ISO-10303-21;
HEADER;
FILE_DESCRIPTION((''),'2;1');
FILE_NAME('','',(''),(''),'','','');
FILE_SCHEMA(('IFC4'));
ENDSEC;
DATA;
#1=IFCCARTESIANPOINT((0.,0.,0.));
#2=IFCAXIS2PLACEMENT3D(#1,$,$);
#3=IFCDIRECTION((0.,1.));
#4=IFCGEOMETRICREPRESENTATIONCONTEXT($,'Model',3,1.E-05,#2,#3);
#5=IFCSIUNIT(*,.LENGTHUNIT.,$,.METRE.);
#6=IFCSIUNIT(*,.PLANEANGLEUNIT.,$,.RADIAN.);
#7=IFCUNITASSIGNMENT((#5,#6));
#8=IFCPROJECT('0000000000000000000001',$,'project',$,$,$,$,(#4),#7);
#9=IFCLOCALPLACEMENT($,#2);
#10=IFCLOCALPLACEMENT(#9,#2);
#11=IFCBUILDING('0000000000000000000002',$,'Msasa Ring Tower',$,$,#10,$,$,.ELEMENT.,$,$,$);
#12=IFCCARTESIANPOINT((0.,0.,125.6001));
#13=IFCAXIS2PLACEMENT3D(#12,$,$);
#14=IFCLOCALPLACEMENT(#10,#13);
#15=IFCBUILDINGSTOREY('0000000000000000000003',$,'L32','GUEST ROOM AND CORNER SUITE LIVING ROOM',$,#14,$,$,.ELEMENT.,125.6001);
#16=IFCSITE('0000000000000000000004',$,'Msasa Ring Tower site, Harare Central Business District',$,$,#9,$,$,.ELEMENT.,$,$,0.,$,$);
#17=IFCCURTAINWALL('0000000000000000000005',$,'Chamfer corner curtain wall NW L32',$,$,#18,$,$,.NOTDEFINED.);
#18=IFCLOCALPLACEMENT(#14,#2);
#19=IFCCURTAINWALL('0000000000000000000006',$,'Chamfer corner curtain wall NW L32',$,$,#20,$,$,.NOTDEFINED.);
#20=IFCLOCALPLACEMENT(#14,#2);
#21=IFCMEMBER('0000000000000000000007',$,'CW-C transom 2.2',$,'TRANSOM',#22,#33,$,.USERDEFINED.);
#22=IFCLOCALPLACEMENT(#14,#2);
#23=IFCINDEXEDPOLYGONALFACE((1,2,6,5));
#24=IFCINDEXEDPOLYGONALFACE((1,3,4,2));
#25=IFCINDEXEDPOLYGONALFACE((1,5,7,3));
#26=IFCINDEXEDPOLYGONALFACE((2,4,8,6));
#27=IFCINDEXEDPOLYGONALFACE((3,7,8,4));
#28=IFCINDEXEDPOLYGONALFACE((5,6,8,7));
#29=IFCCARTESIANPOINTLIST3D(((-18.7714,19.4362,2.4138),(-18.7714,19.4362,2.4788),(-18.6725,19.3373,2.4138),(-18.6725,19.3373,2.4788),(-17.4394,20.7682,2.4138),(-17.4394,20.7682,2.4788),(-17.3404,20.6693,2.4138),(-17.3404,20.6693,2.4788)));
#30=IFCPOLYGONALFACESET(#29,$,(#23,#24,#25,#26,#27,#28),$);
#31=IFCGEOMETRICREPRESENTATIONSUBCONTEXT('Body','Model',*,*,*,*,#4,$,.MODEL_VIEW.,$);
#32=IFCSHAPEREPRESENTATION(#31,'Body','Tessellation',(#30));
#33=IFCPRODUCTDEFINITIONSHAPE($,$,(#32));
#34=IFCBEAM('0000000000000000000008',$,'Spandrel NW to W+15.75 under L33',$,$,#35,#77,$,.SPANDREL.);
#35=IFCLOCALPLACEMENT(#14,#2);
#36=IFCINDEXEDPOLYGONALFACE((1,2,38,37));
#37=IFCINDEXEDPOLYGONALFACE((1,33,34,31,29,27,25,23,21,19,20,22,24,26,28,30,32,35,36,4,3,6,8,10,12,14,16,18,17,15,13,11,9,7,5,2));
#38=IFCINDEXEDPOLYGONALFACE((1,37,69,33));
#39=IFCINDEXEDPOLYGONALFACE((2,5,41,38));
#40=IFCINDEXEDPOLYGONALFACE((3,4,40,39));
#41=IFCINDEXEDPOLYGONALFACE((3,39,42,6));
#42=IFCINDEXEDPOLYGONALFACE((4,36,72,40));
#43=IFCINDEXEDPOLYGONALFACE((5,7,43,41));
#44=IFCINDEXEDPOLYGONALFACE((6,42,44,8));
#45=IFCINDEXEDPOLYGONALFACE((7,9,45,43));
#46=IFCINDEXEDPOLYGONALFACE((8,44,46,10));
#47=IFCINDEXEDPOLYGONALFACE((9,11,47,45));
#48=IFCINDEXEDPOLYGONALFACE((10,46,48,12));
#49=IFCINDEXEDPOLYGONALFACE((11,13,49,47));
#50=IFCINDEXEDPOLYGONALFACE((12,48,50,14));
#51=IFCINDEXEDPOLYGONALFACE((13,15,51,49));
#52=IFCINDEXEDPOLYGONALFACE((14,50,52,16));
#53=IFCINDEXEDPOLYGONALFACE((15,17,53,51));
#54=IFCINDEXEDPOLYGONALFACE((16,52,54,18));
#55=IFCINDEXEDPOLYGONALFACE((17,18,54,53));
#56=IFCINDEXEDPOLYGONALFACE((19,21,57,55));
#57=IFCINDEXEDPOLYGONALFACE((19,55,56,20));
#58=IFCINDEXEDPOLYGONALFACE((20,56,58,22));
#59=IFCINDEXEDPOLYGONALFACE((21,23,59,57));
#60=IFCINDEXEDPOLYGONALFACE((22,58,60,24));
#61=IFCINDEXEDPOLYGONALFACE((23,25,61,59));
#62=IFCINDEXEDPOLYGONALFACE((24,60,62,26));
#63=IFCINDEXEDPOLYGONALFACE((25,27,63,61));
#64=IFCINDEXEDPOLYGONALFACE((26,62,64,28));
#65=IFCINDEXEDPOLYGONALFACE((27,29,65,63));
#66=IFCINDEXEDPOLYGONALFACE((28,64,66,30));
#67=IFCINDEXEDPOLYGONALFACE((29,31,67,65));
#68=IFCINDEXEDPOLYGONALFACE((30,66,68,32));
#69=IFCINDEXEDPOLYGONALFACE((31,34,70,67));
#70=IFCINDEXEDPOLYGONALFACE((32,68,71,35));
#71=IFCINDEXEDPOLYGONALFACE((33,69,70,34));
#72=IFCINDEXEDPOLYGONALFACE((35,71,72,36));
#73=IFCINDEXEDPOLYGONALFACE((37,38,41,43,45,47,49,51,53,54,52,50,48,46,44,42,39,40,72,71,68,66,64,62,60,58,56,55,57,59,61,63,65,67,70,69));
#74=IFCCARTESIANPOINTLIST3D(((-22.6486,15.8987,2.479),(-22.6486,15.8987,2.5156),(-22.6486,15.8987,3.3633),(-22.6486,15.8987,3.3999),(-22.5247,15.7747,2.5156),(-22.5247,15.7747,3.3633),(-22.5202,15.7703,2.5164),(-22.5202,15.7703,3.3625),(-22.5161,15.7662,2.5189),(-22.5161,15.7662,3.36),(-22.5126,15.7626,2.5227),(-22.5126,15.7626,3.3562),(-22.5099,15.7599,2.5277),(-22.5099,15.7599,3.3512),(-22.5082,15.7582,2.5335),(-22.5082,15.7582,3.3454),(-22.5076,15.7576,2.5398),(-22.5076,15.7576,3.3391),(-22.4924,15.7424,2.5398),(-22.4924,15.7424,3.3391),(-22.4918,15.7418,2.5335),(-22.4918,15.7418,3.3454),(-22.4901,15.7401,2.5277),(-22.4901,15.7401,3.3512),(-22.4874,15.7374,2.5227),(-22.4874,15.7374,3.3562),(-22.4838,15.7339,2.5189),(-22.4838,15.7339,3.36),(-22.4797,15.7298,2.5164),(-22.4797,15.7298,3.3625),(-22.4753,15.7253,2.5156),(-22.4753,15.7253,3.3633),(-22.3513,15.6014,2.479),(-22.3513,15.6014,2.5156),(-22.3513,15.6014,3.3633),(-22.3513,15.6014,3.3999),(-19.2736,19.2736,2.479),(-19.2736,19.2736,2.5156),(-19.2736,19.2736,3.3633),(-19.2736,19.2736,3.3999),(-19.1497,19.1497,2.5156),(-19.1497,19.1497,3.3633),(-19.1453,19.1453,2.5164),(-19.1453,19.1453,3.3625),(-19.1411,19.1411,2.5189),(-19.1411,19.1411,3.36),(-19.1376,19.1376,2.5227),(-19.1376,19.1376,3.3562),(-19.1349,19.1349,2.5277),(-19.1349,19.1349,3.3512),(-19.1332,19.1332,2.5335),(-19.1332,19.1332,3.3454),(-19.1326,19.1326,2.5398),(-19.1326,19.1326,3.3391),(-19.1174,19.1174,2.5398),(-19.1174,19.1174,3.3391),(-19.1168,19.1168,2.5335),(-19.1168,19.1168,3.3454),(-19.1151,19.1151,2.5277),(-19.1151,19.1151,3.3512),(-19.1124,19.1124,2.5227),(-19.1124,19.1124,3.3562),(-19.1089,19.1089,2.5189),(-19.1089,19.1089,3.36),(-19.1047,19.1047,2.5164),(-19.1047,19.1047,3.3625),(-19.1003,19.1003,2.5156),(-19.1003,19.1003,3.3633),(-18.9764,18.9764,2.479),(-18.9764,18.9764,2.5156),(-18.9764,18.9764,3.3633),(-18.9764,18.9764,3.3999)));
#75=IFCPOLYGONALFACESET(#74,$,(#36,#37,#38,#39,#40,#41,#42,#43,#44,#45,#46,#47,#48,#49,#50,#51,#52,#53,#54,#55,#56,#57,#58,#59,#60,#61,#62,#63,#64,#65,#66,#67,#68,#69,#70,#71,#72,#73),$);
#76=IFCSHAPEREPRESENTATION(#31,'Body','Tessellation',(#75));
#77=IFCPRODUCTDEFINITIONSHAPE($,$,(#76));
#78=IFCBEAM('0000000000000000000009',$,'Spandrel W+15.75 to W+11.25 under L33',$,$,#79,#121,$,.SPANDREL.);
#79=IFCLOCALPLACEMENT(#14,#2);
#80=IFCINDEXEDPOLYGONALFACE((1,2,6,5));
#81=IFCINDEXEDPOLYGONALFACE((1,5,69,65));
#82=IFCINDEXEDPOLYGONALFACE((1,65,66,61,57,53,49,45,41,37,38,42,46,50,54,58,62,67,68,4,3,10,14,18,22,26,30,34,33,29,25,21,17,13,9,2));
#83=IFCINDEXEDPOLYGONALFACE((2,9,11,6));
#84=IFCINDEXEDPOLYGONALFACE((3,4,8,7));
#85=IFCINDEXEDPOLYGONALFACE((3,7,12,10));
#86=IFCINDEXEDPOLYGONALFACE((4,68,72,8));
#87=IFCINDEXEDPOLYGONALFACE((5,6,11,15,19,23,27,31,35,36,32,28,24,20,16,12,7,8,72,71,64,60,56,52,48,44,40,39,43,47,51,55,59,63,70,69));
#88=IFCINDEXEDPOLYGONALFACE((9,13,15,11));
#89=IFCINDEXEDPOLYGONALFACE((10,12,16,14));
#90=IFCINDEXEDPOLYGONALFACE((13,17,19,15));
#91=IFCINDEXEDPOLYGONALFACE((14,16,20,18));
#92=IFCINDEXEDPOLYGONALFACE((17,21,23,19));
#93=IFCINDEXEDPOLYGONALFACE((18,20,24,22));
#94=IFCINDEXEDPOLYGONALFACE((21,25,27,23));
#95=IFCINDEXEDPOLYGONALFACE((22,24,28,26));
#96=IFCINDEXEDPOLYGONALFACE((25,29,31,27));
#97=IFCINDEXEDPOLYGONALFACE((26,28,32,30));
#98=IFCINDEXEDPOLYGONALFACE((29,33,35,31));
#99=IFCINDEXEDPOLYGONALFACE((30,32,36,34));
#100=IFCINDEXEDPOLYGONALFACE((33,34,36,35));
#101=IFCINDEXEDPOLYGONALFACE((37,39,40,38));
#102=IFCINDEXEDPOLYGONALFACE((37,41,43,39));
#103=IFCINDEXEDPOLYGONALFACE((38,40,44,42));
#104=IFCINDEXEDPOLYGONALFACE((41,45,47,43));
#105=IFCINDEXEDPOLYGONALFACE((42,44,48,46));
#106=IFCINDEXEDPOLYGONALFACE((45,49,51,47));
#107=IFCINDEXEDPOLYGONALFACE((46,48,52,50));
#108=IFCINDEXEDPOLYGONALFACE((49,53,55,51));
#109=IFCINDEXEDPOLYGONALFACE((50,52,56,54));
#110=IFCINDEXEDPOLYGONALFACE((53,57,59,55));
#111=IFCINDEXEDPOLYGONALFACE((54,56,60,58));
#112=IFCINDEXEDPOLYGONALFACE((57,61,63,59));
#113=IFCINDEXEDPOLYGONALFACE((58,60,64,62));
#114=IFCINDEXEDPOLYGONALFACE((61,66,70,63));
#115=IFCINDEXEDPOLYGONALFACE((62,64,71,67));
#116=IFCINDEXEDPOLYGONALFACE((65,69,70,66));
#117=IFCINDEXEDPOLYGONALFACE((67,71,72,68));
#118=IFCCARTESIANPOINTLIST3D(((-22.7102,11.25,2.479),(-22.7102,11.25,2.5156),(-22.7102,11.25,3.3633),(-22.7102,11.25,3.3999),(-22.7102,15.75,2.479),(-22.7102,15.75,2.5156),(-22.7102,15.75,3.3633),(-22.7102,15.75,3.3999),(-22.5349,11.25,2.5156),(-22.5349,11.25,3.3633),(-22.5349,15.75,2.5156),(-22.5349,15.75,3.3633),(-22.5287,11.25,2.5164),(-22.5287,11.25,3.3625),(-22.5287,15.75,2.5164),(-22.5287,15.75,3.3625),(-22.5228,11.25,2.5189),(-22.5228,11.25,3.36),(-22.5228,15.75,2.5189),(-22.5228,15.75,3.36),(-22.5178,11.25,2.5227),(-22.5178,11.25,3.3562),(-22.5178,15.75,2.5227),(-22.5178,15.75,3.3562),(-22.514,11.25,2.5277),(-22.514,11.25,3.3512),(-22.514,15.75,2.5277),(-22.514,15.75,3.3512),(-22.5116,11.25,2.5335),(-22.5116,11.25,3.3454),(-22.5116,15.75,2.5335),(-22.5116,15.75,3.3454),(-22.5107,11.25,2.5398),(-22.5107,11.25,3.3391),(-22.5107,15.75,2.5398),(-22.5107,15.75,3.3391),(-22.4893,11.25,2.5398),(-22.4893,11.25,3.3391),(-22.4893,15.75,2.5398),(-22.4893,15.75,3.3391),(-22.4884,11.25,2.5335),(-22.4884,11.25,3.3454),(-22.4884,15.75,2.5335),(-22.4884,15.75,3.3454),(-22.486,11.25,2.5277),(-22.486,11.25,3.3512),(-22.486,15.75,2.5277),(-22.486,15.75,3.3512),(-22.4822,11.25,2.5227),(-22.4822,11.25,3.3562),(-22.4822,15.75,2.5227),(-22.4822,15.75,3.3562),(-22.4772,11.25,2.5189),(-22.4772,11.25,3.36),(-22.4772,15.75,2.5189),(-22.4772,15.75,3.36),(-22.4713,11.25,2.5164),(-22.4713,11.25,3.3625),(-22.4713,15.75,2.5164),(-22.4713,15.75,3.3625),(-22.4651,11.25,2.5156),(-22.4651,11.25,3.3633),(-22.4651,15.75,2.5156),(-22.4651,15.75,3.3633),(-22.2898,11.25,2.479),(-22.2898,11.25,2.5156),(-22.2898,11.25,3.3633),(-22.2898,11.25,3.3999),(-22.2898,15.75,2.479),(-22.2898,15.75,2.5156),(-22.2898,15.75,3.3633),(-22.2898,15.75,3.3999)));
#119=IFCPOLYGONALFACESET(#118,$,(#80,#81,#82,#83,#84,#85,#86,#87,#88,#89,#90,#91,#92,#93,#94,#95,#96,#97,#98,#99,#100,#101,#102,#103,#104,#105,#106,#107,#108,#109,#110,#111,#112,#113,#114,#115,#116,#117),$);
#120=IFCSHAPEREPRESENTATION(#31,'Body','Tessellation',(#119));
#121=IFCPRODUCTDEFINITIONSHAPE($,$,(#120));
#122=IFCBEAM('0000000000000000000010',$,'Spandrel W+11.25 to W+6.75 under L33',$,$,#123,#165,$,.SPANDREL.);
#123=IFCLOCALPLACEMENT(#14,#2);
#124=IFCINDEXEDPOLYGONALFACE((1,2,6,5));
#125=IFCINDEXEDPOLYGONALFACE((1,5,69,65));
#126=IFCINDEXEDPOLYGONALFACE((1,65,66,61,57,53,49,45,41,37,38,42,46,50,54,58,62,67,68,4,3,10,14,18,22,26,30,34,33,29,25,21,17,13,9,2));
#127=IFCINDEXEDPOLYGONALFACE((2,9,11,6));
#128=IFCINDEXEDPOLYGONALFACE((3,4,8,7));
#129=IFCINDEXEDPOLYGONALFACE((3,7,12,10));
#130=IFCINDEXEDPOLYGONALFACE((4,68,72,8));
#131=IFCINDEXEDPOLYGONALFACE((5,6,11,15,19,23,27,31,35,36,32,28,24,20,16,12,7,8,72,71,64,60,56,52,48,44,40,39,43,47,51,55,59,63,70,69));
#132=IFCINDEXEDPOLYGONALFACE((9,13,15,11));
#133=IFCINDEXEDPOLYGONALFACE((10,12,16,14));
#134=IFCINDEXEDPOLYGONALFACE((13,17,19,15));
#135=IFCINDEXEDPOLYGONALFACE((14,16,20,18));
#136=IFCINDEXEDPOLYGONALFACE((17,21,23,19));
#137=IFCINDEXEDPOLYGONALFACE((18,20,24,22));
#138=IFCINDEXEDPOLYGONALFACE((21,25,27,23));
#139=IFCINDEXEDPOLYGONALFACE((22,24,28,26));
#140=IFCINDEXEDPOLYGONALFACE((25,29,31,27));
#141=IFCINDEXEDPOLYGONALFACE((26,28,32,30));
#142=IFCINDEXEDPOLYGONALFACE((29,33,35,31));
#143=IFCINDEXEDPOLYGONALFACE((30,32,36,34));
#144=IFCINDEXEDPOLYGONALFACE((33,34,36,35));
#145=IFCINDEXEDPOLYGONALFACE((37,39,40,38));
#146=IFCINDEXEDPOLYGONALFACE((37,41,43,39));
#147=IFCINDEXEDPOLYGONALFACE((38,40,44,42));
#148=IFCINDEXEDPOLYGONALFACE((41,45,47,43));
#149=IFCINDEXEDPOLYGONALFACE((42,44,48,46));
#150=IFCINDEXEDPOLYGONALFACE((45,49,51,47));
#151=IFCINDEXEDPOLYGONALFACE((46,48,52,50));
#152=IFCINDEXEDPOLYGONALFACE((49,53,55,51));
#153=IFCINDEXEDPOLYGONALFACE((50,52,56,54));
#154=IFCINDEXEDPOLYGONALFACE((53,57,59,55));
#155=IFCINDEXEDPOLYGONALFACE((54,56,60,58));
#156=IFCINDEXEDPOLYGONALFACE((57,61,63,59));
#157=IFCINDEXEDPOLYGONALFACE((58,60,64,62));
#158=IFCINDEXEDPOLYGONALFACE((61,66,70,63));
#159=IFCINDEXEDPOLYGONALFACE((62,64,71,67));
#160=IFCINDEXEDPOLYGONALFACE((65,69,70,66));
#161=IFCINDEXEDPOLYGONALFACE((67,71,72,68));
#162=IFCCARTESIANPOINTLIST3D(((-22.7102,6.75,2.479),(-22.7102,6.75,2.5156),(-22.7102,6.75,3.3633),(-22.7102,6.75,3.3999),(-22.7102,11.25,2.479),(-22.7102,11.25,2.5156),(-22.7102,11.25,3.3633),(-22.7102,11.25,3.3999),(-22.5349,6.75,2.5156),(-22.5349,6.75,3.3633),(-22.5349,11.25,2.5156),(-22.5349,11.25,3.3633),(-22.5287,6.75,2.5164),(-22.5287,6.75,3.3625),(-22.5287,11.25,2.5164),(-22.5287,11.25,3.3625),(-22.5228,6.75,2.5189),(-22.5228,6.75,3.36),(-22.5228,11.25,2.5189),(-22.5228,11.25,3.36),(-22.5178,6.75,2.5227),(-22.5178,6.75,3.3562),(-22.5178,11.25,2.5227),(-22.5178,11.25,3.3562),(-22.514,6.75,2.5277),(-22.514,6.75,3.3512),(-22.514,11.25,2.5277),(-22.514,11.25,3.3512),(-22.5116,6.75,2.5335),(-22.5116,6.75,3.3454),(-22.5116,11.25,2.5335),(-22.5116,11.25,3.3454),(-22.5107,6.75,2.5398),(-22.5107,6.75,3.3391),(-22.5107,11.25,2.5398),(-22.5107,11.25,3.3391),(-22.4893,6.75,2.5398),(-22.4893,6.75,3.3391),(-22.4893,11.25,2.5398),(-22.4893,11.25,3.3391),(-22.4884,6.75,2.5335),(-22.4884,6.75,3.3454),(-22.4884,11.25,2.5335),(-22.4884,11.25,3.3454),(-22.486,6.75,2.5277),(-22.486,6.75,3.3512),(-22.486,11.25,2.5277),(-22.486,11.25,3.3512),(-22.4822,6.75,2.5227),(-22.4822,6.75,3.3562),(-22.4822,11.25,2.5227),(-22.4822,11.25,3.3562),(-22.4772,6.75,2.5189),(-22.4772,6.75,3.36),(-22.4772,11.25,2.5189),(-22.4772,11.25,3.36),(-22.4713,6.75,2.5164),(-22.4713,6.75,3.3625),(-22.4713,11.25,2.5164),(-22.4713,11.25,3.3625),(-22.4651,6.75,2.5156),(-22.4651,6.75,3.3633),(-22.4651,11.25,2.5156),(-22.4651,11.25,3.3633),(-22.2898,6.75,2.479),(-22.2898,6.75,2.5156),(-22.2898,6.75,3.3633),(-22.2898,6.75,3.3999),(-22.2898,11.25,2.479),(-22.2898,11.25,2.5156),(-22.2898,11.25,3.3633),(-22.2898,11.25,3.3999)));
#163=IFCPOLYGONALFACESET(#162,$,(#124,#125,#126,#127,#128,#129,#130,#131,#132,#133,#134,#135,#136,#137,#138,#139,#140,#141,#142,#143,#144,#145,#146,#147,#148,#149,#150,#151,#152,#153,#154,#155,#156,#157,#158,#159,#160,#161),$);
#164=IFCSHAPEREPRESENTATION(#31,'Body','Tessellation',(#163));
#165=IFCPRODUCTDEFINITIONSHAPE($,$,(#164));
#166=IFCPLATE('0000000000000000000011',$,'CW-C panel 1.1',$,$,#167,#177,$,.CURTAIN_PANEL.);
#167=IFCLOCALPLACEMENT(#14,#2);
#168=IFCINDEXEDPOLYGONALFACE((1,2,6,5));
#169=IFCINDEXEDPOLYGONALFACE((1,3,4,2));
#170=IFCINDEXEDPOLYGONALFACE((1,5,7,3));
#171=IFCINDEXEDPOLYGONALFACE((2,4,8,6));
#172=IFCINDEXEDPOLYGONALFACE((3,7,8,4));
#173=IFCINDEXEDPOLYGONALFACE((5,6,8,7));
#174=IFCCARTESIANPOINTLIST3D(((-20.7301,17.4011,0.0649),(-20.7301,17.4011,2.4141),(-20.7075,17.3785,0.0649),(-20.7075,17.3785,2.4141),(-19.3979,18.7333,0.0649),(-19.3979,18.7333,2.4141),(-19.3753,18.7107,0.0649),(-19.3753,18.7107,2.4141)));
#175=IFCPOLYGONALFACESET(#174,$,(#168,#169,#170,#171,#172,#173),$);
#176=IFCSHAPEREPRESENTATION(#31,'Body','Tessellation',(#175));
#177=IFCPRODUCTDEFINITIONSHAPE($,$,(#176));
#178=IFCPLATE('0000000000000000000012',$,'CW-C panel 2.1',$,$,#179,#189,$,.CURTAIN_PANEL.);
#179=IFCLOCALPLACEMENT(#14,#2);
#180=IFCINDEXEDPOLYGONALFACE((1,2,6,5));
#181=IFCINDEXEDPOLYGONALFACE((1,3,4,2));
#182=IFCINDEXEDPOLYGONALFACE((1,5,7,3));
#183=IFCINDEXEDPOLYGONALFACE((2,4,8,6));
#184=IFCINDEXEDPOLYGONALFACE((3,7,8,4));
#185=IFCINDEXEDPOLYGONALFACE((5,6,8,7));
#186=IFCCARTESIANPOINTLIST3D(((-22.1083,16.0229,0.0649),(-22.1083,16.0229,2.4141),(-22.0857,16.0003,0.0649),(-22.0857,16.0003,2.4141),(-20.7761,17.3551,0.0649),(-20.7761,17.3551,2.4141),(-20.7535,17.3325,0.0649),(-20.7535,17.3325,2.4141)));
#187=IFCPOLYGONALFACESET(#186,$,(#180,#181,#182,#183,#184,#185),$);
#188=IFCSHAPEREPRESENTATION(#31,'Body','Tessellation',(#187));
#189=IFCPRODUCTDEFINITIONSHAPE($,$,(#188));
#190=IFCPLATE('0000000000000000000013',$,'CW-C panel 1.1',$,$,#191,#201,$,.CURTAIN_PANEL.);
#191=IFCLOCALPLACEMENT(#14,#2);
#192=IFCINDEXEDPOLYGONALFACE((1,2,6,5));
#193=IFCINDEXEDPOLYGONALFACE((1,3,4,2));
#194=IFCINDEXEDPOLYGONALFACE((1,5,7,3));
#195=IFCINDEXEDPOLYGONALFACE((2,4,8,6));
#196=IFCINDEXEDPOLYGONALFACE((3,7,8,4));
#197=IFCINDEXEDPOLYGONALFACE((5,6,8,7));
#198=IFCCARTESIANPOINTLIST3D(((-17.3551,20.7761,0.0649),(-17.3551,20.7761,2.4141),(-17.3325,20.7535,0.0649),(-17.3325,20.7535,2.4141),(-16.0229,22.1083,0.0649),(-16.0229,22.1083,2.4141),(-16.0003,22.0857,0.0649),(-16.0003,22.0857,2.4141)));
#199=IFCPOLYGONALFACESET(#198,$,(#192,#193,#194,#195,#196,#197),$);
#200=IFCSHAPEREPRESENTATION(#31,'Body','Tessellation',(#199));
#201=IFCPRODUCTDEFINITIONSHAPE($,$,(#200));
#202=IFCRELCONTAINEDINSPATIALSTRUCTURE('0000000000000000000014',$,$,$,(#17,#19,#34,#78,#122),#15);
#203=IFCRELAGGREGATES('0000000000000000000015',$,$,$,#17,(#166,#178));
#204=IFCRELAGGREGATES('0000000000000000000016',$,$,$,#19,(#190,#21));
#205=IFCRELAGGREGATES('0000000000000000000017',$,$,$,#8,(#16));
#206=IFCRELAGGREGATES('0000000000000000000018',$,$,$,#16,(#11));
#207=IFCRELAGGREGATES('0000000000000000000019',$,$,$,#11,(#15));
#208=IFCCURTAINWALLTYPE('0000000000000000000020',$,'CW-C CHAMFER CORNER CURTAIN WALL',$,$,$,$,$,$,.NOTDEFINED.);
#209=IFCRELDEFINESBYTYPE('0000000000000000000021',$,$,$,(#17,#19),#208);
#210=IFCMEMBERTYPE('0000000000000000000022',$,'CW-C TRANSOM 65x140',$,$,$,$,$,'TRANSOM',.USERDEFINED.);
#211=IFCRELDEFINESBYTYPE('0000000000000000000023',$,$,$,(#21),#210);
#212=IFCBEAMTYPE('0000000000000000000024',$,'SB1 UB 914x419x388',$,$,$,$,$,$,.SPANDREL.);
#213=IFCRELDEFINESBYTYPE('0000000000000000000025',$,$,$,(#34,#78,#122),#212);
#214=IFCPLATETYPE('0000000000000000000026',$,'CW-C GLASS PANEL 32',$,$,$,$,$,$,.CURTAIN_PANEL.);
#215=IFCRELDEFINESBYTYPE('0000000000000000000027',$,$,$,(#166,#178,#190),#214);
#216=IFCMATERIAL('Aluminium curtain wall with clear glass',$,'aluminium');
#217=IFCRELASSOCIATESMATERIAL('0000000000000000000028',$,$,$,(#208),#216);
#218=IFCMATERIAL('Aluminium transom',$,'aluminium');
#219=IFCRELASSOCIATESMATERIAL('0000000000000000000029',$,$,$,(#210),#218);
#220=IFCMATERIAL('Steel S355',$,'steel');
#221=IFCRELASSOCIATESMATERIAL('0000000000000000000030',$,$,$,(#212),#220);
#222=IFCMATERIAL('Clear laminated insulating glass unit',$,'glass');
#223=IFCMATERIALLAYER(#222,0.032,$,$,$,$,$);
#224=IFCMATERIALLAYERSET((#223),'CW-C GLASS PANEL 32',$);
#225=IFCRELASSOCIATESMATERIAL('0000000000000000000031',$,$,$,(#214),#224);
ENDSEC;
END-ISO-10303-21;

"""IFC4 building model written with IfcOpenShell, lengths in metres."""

from ifc_helpers import new_model, si_unit, direction, frame, origin, origin_2d, place, context, subcontext, project, spatial, rectangle, i_section, extrude, material, layer, layer_set, material_profile, profile_set, type_object, element, aggregate, save


model = new_model("IFC4")

# Units and contexts
model_context = context("Model", 3, precision=1e-05, world=origin(), true_north=direction((0.0, 1.0)))
body_context = subcontext(model_context, "Body", "Model", "MODEL_VIEW")
ifc_project = project(units=[si_unit("LENGTHUNIT", "METRE"), si_unit("PLANEANGLEUNIT", "RADIAN")], contexts=[model_context])

# Site, building, storey
site_placement = place(None, origin())
site = spatial("IfcSite", under=ifc_project, at=site_placement, Name="Msasa Ring Tower site, Harare Central Business District", CompositionType="ELEMENT", RefElevation=0.0)
building_placement = place(site_placement, origin())
building = spatial("IfcBuilding", under=site, at=building_placement, Name="Msasa Ring Tower", CompositionType="ELEMENT")
storey_placement = place(building_placement, frame((0.0, 0.0, 125.6001)))
storey = spatial("IfcBuildingStorey", under=building, at=storey_placement, Name="L32", Description="GUEST ROOM AND CORNER SUITE LIVING ROOM", CompositionType="ELEMENT", Elevation=125.6001)

# Curtain walls
ifc_material_1 = material(Name="Aluminium curtain wall with clear glass", Category="aluminium")
curtain_wall_type = type_object("IfcCurtainWallType", Name="CW-C CHAMFER CORNER CURTAIN WALL", PredefinedType="NOTDEFINED", material=ifc_material_1)
curtain_wall_1_placement = place(storey_placement, origin())
curtain_wall_1 = element("IfcCurtainWall", 1, at=curtain_wall_1_placement, inside=storey, type_object=curtain_wall_type, Name="Chamfer corner curtain wall NW L32", PredefinedType="NOTDEFINED")
curtain_wall_2_placement = place(storey_placement, origin())
curtain_wall_2 = element("IfcCurtainWall", 2, at=curtain_wall_2_placement, inside=storey, type_object=curtain_wall_type, Name="Chamfer corner curtain wall NW L32", PredefinedType="NOTDEFINED")

# Member
ifc_material_2 = material(Name="Aluminium transom", Category="aluminium")
ifc_material_profile_1 = material_profile(ifc_material_2, rectangle(XDim=0.1399, YDim=0.0649, at=origin_2d()), Name="AL 65x140")
ifc_profile_set_1 = profile_set([ifc_material_profile_1], Name="Aluminium transom")
member_type_1 = type_object("IfcMemberType", Name="CW-C TRANSOM 65x140", ElementType="TRANSOM", PredefinedType="USERDEFINED", material=ifc_profile_set_1)
member_1_placement = place(storey_placement, frame((-17.3899, 20.7188, 2.4463), z_axis=(-0.707107, -0.707107, 0.0), x_axis=(0.707107, -0.707107, 0.0)))
member_1 = element("IfcMember", 3, at=member_1_placement, type_object=member_type_1, Name="CW-C transom 2.2", ObjectType="TRANSOM", PredefinedType="USERDEFINED", context=body_context, shape_type="SweptSolid", body=[
    extrude(rectangle(XDim=0.1399, YDim=0.0649, at=origin_2d()), origin(), (0.0, 0.0, 1.0), 1.8838),
])

# Beams
ifc_material_3 = material(Name="Steel S355", Category="steel")
ifc_material_profile_2 = material_profile(ifc_material_3, i_section(OverallWidth=0.4204, OverallDepth=0.9209, WebThickness=0.0215, FlangeThickness=0.0366, FilletRadius=0.0242, at=origin_2d()), Name="UB 914x419x388")
ifc_profile_set_2 = profile_set([ifc_material_profile_2], Name="Steel S355")
beam_type = type_object("IfcBeamType", Name="SB1 UB 914x419x388", PredefinedType="SPANDREL", material=ifc_profile_set_2)
beam_placement = place(storey_placement, frame((-19.125, 19.125, 2.9395), z_axis=(-0.707107, -0.707107, 0.0), x_axis=(0.707107, -0.707107, 0.0)))
element("IfcBeam", 4, at=beam_placement, inside=storey, type_object=beam_type, Name="Spandrel NW to W+15.75 under L33", PredefinedType="SPANDREL", context=body_context, shape_type="SweptSolid", body=[
    extrude(i_section(OverallWidth=0.4204, OverallDepth=0.9209, WebThickness=0.0215, FlangeThickness=0.0366, FilletRadius=0.0242, at=origin_2d()), origin(), (0.0, 0.0, 1.0), 4.7729),
])
for number, where, z_axis, x_axis, name in (
    (5, (-22.5, 15.75, 2.9395), (0.0, -1.0, 0.0), (1.0, 0.0, 0.0), "Spandrel W+15.75 to W+11.25 under L33"),
    (6, (-22.5, 11.25, 2.9395), (0.0, -1.0, 0.0), (1.0, 0.0, 0.0), "Spandrel W+11.25 to W+6.75 under L33"),
):
    element("IfcBeam", number, at=place(storey_placement, frame(where, z_axis=z_axis, x_axis=x_axis)), inside=storey, type_object=beam_type, Name=name, PredefinedType="SPANDREL", context=body_context, shape_type="SweptSolid", body=[
        extrude(i_section(OverallWidth=0.4204, OverallDepth=0.9209, WebThickness=0.0215, FlangeThickness=0.0366, FilletRadius=0.0242, at=origin_2d()), origin(), (0.0, 0.0, 1.0), 4.5),
    ])

# Plates
ifc_material_4 = material(Name="Clear laminated insulating glass unit", Category="glass")
ifc_layer_1 = layer(ifc_material_4, 0.032)
ifc_layer_set_1 = layer_set([ifc_layer_1], Name="CW-C GLASS PANEL 32")
plate_type = type_object("IfcPlateType", Name="CW-C GLASS PANEL 32", PredefinedType="CURTAIN_PANEL", material=ifc_layer_set_1)
plate_1_placement = place(storey_placement, frame((-20.0527, 18.0559, 0.0649), z_axis=(0.0, 0.0, 1.0), x_axis=(-0.707107, -0.707107, 0.0)))
plate_1 = element("IfcPlate", 7, at=plate_1_placement, type_object=plate_type, Name="CW-C panel 1.1", PredefinedType="CURTAIN_PANEL", context=body_context, shape_type="SweptSolid", body=[
    extrude(rectangle(XDim=1.884, YDim=0.032, at=origin_2d()), origin(), (0.0, 0.0, 1.0), 2.3491),
])
plate_2_placement = place(storey_placement, frame((-21.4309, 16.6777, 0.0649), z_axis=(0.0, 0.0, 1.0), x_axis=(-0.707107, -0.707107, 0.0)))
plate_2 = element("IfcPlate", 8, at=plate_2_placement, type_object=plate_type, Name="CW-C panel 2.1", PredefinedType="CURTAIN_PANEL", context=body_context, shape_type="SweptSolid", body=[
    extrude(rectangle(XDim=1.884, YDim=0.032, at=origin_2d()), origin(), (0.0, 0.0, 1.0), 2.3491),
])
aggregate(curtain_wall_1, [plate_1, plate_2])
plate_3_placement = place(storey_placement, frame((-16.6777, 21.4309, 0.0649), z_axis=(0.0, 0.0, 1.0), x_axis=(-0.707107, -0.707107, 0.0)))
plate_3 = element("IfcPlate", 9, at=plate_3_placement, type_object=plate_type, Name="CW-C panel 1.1", PredefinedType="CURTAIN_PANEL", context=body_context, shape_type="SweptSolid", body=[
    extrude(rectangle(XDim=1.884, YDim=0.032, at=origin_2d()), origin(), (0.0, 0.0, 1.0), 2.3491),
])
aggregate(curtain_wall_2, [plate_3, member_1])

save(model, "model.ifc")
